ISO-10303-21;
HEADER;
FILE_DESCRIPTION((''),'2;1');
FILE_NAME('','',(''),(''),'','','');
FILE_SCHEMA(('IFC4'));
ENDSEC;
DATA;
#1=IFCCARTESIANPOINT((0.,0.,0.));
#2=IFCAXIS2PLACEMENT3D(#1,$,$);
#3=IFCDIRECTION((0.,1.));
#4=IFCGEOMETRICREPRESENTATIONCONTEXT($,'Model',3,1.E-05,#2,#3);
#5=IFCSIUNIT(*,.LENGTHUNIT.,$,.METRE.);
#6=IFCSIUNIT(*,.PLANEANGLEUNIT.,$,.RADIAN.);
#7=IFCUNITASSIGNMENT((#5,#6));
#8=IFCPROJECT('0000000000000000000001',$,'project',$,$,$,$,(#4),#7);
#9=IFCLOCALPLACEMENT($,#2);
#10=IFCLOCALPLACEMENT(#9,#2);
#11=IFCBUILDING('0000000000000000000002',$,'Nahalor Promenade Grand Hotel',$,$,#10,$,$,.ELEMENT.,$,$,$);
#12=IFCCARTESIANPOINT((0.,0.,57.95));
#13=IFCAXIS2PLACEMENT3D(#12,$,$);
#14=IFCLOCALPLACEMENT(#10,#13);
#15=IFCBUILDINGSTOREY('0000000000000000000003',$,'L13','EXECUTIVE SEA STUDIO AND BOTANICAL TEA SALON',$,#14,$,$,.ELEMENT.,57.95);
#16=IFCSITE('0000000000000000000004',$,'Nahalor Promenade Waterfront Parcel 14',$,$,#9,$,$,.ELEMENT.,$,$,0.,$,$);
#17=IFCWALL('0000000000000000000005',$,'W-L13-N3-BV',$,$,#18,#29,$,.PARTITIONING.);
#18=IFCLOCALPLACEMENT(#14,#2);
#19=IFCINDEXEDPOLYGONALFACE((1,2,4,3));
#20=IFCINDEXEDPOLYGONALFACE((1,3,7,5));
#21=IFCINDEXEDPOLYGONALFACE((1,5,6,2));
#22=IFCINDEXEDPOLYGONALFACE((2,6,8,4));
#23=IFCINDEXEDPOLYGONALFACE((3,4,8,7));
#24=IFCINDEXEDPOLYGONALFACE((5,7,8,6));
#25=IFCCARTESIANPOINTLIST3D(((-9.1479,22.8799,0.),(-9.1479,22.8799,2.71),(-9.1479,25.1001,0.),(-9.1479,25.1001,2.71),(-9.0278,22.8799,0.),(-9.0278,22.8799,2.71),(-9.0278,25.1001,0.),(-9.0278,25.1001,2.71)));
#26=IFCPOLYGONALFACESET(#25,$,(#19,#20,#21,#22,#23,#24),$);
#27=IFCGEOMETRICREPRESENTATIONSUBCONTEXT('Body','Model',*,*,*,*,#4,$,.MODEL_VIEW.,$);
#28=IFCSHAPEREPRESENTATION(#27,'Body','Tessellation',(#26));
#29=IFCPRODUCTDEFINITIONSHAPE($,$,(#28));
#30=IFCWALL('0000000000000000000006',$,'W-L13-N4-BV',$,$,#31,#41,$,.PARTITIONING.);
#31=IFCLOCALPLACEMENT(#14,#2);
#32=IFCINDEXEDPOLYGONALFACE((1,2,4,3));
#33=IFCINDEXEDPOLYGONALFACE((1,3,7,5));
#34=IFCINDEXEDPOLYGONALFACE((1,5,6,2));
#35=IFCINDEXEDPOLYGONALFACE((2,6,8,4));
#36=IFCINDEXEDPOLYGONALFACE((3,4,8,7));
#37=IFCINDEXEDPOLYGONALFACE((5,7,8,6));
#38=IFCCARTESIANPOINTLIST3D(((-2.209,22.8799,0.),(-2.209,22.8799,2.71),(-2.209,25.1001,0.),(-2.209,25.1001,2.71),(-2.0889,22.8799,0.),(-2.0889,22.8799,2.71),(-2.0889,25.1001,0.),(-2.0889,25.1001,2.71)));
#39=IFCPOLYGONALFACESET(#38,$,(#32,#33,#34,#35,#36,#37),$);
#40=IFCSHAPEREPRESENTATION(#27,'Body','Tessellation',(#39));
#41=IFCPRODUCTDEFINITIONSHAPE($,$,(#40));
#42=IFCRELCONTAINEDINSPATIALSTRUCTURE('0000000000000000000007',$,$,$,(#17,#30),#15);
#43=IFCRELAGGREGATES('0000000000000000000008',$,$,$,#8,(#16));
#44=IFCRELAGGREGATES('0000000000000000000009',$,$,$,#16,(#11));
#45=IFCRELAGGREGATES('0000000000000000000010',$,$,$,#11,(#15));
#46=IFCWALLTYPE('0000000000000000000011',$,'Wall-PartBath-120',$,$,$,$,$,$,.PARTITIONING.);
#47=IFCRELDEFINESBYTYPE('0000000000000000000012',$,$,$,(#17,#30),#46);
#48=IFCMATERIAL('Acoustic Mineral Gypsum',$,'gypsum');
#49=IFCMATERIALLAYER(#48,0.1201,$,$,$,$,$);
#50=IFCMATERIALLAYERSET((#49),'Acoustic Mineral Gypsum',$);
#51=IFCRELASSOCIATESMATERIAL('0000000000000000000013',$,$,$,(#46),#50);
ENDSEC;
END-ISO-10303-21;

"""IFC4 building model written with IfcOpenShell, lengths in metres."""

from ifc_helpers import new_model, si_unit, direction, frame, frame_2d, origin, place, context, subcontext, project, spatial, rectangle, extrude, source, transform, mapped, material, layer, layer_set, type_object, element, save


model = new_model("IFC4")

# Units and contexts
model_context = context("Model", 3, precision=1e-05, world=origin(), true_north=direction((0.0, 1.0)))
body_context = subcontext(model_context, "Body", "Model", "MODEL_VIEW")
ifc_project = project(units=[si_unit("LENGTHUNIT", "METRE"), si_unit("PLANEANGLEUNIT", "RADIAN")], contexts=[model_context])

# Site, building, storey
site_placement = place(None, origin())
site = spatial("IfcSite", under=ifc_project, at=site_placement, Name="Nahalor Promenade Waterfront Parcel 14", CompositionType="ELEMENT", RefElevation=0.0)
building_placement = place(site_placement, origin())
building = spatial("IfcBuilding", under=site, at=building_placement, Name="Nahalor Promenade Grand Hotel", CompositionType="ELEMENT")
storey_placement = place(building_placement, frame((0.0, 0.0, 57.95)))
storey = spatial("IfcBuildingStorey", under=building, at=storey_placement, Name="L13", Description="EXECUTIVE SEA STUDIO AND BOTANICAL TEA SALON", CompositionType="ELEMENT", Elevation=57.95)

# Shared definitions
ifc_material_1 = material(Name="Acoustic Mineral Gypsum", Category="gypsum")
ifc_layer_1 = layer(ifc_material_1, 0.1201)
ifc_layer_set_1 = layer_set([ifc_layer_1], Name="Acoustic Mineral Gypsum")
wall_type_1 = type_object("IfcWallType", Name="Wall-PartBath-120", PredefinedType="PARTITIONING", material=ifc_layer_set_1)

# Walls
shared_shape_1 = source(origin(), body_context, "Body", "SweptSolid", [
    extrude(rectangle(XDim=2.2202, YDim=0.1201, at=frame_2d((1.1101, 0.0))), origin(), (0.0, 0.0, 1.0), 2.71),
])
for number, where, z_axis, x_axis, name in (
    (1, (-9.0879, 22.8799, 0.0), (0.0, 0.0, 1.0), (0.0, 1.0, 0.0), "W-L13-N3-BV"),
    (2, (-2.1489, 22.8799, 0.0), (0.0, 0.0, 1.0), (0.0, 1.0, 0.0), "W-L13-N4-BV"),
):
    element("IfcWall", number, at=place(storey_placement, frame(where, z_axis=z_axis, x_axis=x_axis)), inside=storey, type_object=wall_type_1, Name=name, PredefinedType="PARTITIONING", context=body_context, shape_type="MappedRepresentation", body=[
        mapped(shared_shape_1, transform((0.0, 0.0, 0.0), scale=1.0)),
    ])

save(model, "model.ifc")
